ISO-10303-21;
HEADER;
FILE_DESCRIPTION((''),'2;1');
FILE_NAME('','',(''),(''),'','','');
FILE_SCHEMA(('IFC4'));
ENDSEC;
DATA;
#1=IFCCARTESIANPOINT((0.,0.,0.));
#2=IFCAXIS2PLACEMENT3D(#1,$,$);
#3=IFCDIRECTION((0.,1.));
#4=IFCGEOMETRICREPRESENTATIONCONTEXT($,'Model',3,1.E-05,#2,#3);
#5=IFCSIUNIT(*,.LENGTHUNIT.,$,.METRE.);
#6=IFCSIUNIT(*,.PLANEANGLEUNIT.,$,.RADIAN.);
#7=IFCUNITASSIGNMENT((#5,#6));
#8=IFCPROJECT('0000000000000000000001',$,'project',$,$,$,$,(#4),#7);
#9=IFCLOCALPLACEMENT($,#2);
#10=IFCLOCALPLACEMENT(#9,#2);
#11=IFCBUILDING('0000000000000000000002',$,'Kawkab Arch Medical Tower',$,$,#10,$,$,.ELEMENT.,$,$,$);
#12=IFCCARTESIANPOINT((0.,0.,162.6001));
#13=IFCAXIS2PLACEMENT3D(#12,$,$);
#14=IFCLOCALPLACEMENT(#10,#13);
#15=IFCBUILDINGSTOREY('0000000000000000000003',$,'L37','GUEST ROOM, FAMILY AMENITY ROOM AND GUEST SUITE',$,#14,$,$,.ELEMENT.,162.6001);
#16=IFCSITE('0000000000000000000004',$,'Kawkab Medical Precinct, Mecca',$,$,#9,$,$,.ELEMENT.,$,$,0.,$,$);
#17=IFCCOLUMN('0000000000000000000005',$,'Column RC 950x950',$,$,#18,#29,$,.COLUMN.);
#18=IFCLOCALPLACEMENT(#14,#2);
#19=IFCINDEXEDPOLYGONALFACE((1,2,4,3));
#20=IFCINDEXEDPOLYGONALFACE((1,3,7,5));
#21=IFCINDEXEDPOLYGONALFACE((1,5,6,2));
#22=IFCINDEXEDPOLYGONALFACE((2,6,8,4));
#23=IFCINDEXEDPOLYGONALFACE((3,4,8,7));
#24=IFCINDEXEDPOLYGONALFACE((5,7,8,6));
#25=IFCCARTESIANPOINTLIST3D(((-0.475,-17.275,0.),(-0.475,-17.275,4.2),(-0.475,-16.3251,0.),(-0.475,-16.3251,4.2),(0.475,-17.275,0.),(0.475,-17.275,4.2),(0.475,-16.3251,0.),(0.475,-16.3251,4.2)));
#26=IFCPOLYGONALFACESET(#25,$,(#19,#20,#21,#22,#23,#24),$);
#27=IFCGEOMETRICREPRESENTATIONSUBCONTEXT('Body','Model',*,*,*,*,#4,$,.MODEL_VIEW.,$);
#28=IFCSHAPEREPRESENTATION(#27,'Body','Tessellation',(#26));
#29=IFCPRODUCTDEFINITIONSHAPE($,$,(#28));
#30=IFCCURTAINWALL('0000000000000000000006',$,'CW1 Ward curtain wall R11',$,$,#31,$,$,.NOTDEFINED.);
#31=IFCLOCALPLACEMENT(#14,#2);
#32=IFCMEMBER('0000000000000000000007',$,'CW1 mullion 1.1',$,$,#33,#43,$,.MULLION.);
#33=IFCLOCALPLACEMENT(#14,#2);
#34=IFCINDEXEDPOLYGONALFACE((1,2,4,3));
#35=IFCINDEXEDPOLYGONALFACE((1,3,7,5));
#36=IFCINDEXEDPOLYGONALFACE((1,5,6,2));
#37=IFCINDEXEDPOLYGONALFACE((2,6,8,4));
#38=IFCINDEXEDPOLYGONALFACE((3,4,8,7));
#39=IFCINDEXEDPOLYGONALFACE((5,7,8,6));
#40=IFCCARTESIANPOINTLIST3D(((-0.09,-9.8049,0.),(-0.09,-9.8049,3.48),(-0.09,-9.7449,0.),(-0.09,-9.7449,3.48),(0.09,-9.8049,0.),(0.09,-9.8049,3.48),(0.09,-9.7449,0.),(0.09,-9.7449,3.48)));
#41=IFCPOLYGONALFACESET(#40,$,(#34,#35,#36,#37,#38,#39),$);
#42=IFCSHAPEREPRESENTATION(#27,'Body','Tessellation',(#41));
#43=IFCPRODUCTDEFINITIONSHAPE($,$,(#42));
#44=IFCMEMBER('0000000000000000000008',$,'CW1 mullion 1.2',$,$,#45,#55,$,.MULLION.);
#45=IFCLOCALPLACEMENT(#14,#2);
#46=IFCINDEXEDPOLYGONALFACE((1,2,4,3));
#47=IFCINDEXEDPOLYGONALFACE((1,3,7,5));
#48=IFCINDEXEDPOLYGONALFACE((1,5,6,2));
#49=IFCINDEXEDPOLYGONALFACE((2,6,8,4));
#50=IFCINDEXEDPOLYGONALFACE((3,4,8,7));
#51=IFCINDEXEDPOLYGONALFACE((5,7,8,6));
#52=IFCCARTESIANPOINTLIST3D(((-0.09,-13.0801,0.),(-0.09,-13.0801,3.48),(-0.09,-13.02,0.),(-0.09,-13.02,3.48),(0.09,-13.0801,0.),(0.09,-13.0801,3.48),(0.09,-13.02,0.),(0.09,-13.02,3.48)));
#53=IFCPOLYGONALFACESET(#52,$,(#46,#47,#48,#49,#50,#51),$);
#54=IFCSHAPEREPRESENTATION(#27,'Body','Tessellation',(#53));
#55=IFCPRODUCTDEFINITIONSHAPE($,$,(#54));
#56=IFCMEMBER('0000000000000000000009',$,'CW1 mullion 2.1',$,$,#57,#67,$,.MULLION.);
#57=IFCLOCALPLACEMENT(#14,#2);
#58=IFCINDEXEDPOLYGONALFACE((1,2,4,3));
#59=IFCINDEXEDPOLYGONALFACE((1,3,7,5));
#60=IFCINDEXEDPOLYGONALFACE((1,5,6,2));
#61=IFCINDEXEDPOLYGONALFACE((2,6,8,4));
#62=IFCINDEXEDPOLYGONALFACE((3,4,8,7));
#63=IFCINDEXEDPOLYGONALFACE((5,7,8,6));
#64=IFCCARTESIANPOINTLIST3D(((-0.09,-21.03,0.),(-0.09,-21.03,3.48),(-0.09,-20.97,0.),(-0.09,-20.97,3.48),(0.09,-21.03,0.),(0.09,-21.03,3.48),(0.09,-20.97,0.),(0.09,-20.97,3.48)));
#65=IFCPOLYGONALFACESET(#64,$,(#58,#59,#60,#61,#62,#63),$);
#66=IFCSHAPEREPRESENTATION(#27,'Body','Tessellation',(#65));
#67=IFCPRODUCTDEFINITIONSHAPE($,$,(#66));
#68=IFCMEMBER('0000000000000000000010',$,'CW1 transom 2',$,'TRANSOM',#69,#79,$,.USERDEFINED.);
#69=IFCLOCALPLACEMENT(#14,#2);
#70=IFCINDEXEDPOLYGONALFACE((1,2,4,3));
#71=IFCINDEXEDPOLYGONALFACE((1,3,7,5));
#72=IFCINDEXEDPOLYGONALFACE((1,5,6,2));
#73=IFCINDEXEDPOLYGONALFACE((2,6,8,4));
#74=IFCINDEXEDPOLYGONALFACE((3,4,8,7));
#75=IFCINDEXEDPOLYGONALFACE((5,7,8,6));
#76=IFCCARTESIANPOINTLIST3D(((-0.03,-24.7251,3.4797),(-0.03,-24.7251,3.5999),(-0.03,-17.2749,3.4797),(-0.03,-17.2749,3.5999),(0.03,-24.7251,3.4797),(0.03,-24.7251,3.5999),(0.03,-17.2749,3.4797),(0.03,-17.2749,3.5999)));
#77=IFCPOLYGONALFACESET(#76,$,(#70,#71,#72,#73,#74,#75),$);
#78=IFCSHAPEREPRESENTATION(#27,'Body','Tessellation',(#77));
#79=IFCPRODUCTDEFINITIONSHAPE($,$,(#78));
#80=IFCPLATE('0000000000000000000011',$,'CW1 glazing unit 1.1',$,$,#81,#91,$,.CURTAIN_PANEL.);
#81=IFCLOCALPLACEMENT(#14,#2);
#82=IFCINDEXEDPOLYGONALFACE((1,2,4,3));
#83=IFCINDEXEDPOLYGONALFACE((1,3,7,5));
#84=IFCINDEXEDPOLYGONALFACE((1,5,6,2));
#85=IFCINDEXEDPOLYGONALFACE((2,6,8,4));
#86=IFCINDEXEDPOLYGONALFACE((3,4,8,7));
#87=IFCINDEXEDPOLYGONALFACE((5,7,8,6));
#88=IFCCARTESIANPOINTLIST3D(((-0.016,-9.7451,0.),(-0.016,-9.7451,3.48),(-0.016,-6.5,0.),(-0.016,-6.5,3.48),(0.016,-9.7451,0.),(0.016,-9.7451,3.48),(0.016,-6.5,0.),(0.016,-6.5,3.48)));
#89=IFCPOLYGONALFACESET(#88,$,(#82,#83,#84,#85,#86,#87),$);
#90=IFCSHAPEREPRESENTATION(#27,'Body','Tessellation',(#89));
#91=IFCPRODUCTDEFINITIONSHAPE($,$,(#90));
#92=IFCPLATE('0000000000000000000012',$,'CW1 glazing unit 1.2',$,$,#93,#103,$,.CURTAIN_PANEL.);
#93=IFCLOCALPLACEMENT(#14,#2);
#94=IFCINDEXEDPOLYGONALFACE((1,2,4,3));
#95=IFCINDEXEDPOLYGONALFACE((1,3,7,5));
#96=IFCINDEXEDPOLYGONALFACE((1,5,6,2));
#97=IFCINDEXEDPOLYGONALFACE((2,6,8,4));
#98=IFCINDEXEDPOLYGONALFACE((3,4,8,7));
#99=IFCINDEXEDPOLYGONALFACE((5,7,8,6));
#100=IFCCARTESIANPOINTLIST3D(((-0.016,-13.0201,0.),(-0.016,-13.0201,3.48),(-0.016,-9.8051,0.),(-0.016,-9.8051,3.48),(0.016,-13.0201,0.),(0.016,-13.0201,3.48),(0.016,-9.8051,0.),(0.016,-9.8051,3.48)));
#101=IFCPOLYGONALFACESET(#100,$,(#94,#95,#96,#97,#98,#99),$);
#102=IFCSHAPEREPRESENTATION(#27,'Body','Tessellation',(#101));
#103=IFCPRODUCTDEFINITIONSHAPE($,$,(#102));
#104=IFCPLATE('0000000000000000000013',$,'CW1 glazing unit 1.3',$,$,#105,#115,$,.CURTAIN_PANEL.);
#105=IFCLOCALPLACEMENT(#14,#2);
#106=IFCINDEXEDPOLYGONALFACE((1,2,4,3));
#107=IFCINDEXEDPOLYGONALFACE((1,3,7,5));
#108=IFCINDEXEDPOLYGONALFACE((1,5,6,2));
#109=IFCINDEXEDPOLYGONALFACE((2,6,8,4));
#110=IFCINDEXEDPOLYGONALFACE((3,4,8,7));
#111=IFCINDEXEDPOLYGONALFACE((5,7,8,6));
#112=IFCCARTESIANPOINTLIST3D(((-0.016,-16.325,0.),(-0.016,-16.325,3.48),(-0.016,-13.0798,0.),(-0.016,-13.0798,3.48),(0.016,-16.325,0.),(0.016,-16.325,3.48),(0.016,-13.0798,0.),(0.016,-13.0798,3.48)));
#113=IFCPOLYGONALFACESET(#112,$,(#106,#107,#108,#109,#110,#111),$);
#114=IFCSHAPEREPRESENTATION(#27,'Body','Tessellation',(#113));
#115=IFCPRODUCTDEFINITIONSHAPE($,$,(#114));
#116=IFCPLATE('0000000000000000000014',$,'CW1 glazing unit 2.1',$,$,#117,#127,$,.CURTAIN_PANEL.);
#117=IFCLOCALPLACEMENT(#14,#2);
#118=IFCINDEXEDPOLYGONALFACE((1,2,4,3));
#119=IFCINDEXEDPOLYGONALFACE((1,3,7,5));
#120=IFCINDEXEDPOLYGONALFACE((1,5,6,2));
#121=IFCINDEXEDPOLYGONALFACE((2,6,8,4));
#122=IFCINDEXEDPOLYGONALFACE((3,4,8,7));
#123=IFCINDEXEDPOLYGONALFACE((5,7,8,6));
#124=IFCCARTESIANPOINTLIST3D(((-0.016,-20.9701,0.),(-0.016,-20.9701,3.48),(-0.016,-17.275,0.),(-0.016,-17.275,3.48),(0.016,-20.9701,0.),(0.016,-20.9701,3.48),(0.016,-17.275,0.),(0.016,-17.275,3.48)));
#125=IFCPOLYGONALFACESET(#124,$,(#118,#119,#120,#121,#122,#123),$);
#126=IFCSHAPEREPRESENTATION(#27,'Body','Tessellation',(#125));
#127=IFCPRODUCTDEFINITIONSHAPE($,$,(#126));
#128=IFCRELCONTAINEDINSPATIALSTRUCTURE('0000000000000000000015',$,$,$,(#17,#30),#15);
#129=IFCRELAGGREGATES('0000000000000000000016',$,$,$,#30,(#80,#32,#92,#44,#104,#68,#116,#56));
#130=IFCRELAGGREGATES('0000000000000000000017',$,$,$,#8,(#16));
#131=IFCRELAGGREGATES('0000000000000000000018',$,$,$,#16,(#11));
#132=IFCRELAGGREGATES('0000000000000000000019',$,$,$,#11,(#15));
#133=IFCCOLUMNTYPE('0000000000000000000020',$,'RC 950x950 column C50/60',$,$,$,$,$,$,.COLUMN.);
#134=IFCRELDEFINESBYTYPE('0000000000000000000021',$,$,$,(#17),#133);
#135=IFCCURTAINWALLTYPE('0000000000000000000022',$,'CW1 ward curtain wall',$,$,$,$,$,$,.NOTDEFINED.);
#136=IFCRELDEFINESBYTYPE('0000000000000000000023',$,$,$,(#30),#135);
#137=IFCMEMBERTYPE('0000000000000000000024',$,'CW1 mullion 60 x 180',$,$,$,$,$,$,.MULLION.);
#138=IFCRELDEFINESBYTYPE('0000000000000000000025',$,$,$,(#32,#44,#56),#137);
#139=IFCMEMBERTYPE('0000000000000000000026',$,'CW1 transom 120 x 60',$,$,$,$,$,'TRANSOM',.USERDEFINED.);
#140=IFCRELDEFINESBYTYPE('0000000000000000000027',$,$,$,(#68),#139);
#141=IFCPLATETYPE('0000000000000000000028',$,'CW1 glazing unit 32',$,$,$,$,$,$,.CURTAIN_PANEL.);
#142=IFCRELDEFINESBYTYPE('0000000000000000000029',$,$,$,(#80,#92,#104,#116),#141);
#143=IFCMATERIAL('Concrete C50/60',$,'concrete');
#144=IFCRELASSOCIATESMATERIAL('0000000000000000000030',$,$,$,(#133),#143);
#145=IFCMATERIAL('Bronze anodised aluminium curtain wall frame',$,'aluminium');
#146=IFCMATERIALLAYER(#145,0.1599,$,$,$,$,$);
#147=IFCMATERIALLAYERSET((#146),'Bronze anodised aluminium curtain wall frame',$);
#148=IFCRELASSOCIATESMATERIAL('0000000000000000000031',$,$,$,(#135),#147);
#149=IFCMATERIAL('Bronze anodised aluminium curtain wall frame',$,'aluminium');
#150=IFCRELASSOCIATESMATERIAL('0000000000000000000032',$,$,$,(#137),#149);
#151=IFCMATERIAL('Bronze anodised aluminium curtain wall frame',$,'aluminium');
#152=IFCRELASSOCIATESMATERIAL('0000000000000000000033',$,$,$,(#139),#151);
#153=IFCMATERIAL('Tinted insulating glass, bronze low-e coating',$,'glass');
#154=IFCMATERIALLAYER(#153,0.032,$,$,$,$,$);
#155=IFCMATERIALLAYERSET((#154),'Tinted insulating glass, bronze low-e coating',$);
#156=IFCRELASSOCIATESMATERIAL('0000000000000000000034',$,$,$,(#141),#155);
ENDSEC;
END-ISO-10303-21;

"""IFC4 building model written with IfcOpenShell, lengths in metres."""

from ifc_helpers import new_model, si_unit, direction, frame, origin, origin_2d, place, context, subcontext, project, spatial, rectangle, extrude, material, layer, layer_set, material_profile, profile_set, type_object, element, aggregate, save


model = new_model("IFC4")

# Units and contexts
model_context = context("Model", 3, precision=1e-05, world=origin(), true_north=direction((0.0, 1.0)))
body_context = subcontext(model_context, "Body", "Model", "MODEL_VIEW")
ifc_project = project(units=[si_unit("LENGTHUNIT", "METRE"), si_unit("PLANEANGLEUNIT", "RADIAN")], contexts=[model_context])

# Site, building, storey
site_placement = place(None, origin())
site = spatial("IfcSite", under=ifc_project, at=site_placement, Name="Kawkab Medical Precinct, Mecca", CompositionType="ELEMENT", RefElevation=0.0)
building_placement = place(site_placement, origin())
building = spatial("IfcBuilding", under=site, at=building_placement, Name="Kawkab Arch Medical Tower", CompositionType="ELEMENT")
storey_placement = place(building_placement, frame((0.0, 0.0, 162.6001)))
storey = spatial("IfcBuildingStorey", under=building, at=storey_placement, Name="L37", Description="GUEST ROOM, FAMILY AMENITY ROOM AND GUEST SUITE", CompositionType="ELEMENT", Elevation=162.6001)

# Column
ifc_material_1 = material(Name="Concrete C50/60", Category="concrete")
ifc_material_profile_1 = material_profile(ifc_material_1, rectangle(XDim=0.95, YDim=0.95, at=origin_2d()), Name="RC 950x950")
ifc_profile_set_1 = profile_set([ifc_material_profile_1], Name="Concrete C50/60")
column_type = type_object("IfcColumnType", Name="RC 950x950 column C50/60", PredefinedType="COLUMN", material=ifc_profile_set_1)
column_placement = place(storey_placement, frame((0.0, -16.8, 0.0), z_axis=(0.0, 0.0, 1.0), x_axis=(1.0, 0.0, 0.0)))
element("IfcColumn", 1, at=column_placement, inside=storey, type_object=column_type, Name="Column RC 950x950", PredefinedType="COLUMN", context=body_context, shape_type="SweptSolid", body=[
    extrude(rectangle(XDim=0.95, YDim=0.95, at=origin_2d()), origin(), (0.0, 0.0, 1.0), 4.2),
])

# Curtain wall, members, plates
ifc_material_2 = material(Name="Bronze anodised aluminium curtain wall frame", Category="aluminium")
ifc_layer_1 = layer(ifc_material_2, 0.1599)
ifc_layer_set_1 = layer_set([ifc_layer_1], Name="Bronze anodised aluminium curtain wall frame")
curtain_wall_type = type_object("IfcCurtainWallType", Name="CW1 ward curtain wall", PredefinedType="NOTDEFINED", material=ifc_layer_set_1)
placement = place(storey_placement, origin())
curtain_wall = element("IfcCurtainWall", 2, at=placement, inside=storey, type_object=curtain_wall_type, Name="CW1 Ward curtain wall R11", PredefinedType="NOTDEFINED")
ifc_material_3 = material(Name="Bronze anodised aluminium curtain wall frame", Category="aluminium")
ifc_material_profile_2 = material_profile(ifc_material_3, rectangle(XDim=0.1799, YDim=0.0601, at=origin_2d()), Name="AL 60x180")
ifc_profile_set_2 = profile_set([ifc_material_profile_2], Name="Bronze anodised aluminium curtain wall frame")
member_type_1 = type_object("IfcMemberType", Name="CW1 mullion 60 x 180", PredefinedType="MULLION", material=ifc_profile_set_2)
member_1_placement = place(storey_placement, frame((0.0, -9.7749, 0.0), z_axis=(0.0, 0.0, 1.0), x_axis=(1.0, 0.0, 0.0)))
member_1 = element("IfcMember", 3, at=member_1_placement, type_object=member_type_1, Name="CW1 mullion 1.1", PredefinedType="MULLION", context=body_context, shape_type="SweptSolid", body=[
    extrude(rectangle(XDim=0.1799, YDim=0.0601, at=origin_2d()), origin(), (0.0, 0.0, 1.0), 3.48),
])
member_2_placement = place(storey_placement, frame((0.0, -13.05, 0.0), z_axis=(0.0, 0.0, 1.0), x_axis=(1.0, 0.0, 0.0)))
member_2 = element("IfcMember", 4, at=member_2_placement, type_object=member_type_1, Name="CW1 mullion 1.2", PredefinedType="MULLION", context=body_context, shape_type="SweptSolid", body=[
    extrude(rectangle(XDim=0.1799, YDim=0.0601, at=origin_2d()), origin(), (0.0, 0.0, 1.0), 3.48),
])
member_3_placement = place(storey_placement, frame((0.0, -21.0, 0.0), z_axis=(0.0, 0.0, 1.0), x_axis=(1.0, 0.0, 0.0)))
member_3 = element("IfcMember", 5, at=member_3_placement, type_object=member_type_1, Name="CW1 mullion 2.1", PredefinedType="MULLION", context=body_context, shape_type="SweptSolid", body=[
    extrude(rectangle(XDim=0.1799, YDim=0.0601, at=origin_2d()), origin(), (0.0, 0.0, 1.0), 3.48),
])
ifc_material_4 = material(Name="Bronze anodised aluminium curtain wall frame", Category="aluminium")
ifc_material_profile_3 = material_profile(ifc_material_4, rectangle(XDim=0.0601, YDim=0.1201, at=origin_2d()), Name="AL 60x120")
ifc_profile_set_3 = profile_set([ifc_material_profile_3], Name="Bronze anodised aluminium curtain wall frame")
member_type_2 = type_object("IfcMemberType", Name="CW1 transom 120 x 60", ElementType="TRANSOM", PredefinedType="USERDEFINED", material=ifc_profile_set_3)
member_4_placement = place(storey_placement, frame((0.0, -17.2749, 3.5398), z_axis=(0.0, -1.0, 0.0), x_axis=(1.0, 0.0, 0.0)))
member_4 = element("IfcMember", 6, at=member_4_placement, type_object=member_type_2, Name="CW1 transom 2", ObjectType="TRANSOM", PredefinedType="USERDEFINED", context=body_context, shape_type="SweptSolid", body=[
    extrude(rectangle(XDim=0.0601, YDim=0.1201, at=origin_2d()), origin(), (0.0, 0.0, 1.0), 7.4502),
])
ifc_material_5 = material(Name="Tinted insulating glass, bronze low-e coating", Category="glass")
ifc_layer_2 = layer(ifc_material_5, 0.032)
ifc_layer_set_2 = layer_set([ifc_layer_2], Name="Tinted insulating glass, bronze low-e coating")
plate_type = type_object("IfcPlateType", Name="CW1 glazing unit 32", PredefinedType="CURTAIN_PANEL", material=ifc_layer_set_2)
plate_1_placement = place(storey_placement, frame((0.0, -8.1226, 0.0), z_axis=(0.0, 0.0, 1.0), x_axis=(0.0, -1.0, 0.0)))
plate_1 = element("IfcPlate", 7, at=plate_1_placement, type_object=plate_type, Name="CW1 glazing unit 1.1", PredefinedType="CURTAIN_PANEL", context=body_context, shape_type="SweptSolid", body=[
    extrude(rectangle(XDim=3.2451, YDim=0.032, at=origin_2d()), origin(), (0.0, 0.0, 1.0), 3.48),
])
plate_2_placement = place(storey_placement, frame((0.0, -11.4126, 0.0), z_axis=(0.0, 0.0, 1.0), x_axis=(0.0, -1.0, 0.0)))
plate_2 = element("IfcPlate", 8, at=plate_2_placement, type_object=plate_type, Name="CW1 glazing unit 1.2", PredefinedType="CURTAIN_PANEL", context=body_context, shape_type="SweptSolid", body=[
    extrude(rectangle(XDim=3.2151, YDim=0.032, at=origin_2d()), origin(), (0.0, 0.0, 1.0), 3.48),
])
plate_3_placement = place(storey_placement, frame((0.0, -14.7024, 0.0), z_axis=(0.0, 0.0, 1.0), x_axis=(0.0, -1.0, 0.0)))
plate_3 = element("IfcPlate", 9, at=plate_3_placement, type_object=plate_type, Name="CW1 glazing unit 1.3", PredefinedType="CURTAIN_PANEL", context=body_context, shape_type="SweptSolid", body=[
    extrude(rectangle(XDim=3.2451, YDim=0.032, at=origin_2d()), origin(), (0.0, 0.0, 1.0), 3.48),
])
plate_4_placement = place(storey_placement, frame((0.0, -19.1226, 0.0), z_axis=(0.0, 0.0, 1.0), x_axis=(0.0, -1.0, 0.0)))
plate_4 = element("IfcPlate", 10, at=plate_4_placement, type_object=plate_type, Name="CW1 glazing unit 2.1", PredefinedType="CURTAIN_PANEL", context=body_context, shape_type="SweptSolid", body=[
    extrude(rectangle(XDim=3.6951, YDim=0.032, at=origin_2d()), origin(), (0.0, 0.0, 1.0), 3.48),
])
aggregate(curtain_wall, [plate_1, member_1, plate_2, member_2, plate_3, member_4, plate_4, member_3])

save(model, "model.ifc")
